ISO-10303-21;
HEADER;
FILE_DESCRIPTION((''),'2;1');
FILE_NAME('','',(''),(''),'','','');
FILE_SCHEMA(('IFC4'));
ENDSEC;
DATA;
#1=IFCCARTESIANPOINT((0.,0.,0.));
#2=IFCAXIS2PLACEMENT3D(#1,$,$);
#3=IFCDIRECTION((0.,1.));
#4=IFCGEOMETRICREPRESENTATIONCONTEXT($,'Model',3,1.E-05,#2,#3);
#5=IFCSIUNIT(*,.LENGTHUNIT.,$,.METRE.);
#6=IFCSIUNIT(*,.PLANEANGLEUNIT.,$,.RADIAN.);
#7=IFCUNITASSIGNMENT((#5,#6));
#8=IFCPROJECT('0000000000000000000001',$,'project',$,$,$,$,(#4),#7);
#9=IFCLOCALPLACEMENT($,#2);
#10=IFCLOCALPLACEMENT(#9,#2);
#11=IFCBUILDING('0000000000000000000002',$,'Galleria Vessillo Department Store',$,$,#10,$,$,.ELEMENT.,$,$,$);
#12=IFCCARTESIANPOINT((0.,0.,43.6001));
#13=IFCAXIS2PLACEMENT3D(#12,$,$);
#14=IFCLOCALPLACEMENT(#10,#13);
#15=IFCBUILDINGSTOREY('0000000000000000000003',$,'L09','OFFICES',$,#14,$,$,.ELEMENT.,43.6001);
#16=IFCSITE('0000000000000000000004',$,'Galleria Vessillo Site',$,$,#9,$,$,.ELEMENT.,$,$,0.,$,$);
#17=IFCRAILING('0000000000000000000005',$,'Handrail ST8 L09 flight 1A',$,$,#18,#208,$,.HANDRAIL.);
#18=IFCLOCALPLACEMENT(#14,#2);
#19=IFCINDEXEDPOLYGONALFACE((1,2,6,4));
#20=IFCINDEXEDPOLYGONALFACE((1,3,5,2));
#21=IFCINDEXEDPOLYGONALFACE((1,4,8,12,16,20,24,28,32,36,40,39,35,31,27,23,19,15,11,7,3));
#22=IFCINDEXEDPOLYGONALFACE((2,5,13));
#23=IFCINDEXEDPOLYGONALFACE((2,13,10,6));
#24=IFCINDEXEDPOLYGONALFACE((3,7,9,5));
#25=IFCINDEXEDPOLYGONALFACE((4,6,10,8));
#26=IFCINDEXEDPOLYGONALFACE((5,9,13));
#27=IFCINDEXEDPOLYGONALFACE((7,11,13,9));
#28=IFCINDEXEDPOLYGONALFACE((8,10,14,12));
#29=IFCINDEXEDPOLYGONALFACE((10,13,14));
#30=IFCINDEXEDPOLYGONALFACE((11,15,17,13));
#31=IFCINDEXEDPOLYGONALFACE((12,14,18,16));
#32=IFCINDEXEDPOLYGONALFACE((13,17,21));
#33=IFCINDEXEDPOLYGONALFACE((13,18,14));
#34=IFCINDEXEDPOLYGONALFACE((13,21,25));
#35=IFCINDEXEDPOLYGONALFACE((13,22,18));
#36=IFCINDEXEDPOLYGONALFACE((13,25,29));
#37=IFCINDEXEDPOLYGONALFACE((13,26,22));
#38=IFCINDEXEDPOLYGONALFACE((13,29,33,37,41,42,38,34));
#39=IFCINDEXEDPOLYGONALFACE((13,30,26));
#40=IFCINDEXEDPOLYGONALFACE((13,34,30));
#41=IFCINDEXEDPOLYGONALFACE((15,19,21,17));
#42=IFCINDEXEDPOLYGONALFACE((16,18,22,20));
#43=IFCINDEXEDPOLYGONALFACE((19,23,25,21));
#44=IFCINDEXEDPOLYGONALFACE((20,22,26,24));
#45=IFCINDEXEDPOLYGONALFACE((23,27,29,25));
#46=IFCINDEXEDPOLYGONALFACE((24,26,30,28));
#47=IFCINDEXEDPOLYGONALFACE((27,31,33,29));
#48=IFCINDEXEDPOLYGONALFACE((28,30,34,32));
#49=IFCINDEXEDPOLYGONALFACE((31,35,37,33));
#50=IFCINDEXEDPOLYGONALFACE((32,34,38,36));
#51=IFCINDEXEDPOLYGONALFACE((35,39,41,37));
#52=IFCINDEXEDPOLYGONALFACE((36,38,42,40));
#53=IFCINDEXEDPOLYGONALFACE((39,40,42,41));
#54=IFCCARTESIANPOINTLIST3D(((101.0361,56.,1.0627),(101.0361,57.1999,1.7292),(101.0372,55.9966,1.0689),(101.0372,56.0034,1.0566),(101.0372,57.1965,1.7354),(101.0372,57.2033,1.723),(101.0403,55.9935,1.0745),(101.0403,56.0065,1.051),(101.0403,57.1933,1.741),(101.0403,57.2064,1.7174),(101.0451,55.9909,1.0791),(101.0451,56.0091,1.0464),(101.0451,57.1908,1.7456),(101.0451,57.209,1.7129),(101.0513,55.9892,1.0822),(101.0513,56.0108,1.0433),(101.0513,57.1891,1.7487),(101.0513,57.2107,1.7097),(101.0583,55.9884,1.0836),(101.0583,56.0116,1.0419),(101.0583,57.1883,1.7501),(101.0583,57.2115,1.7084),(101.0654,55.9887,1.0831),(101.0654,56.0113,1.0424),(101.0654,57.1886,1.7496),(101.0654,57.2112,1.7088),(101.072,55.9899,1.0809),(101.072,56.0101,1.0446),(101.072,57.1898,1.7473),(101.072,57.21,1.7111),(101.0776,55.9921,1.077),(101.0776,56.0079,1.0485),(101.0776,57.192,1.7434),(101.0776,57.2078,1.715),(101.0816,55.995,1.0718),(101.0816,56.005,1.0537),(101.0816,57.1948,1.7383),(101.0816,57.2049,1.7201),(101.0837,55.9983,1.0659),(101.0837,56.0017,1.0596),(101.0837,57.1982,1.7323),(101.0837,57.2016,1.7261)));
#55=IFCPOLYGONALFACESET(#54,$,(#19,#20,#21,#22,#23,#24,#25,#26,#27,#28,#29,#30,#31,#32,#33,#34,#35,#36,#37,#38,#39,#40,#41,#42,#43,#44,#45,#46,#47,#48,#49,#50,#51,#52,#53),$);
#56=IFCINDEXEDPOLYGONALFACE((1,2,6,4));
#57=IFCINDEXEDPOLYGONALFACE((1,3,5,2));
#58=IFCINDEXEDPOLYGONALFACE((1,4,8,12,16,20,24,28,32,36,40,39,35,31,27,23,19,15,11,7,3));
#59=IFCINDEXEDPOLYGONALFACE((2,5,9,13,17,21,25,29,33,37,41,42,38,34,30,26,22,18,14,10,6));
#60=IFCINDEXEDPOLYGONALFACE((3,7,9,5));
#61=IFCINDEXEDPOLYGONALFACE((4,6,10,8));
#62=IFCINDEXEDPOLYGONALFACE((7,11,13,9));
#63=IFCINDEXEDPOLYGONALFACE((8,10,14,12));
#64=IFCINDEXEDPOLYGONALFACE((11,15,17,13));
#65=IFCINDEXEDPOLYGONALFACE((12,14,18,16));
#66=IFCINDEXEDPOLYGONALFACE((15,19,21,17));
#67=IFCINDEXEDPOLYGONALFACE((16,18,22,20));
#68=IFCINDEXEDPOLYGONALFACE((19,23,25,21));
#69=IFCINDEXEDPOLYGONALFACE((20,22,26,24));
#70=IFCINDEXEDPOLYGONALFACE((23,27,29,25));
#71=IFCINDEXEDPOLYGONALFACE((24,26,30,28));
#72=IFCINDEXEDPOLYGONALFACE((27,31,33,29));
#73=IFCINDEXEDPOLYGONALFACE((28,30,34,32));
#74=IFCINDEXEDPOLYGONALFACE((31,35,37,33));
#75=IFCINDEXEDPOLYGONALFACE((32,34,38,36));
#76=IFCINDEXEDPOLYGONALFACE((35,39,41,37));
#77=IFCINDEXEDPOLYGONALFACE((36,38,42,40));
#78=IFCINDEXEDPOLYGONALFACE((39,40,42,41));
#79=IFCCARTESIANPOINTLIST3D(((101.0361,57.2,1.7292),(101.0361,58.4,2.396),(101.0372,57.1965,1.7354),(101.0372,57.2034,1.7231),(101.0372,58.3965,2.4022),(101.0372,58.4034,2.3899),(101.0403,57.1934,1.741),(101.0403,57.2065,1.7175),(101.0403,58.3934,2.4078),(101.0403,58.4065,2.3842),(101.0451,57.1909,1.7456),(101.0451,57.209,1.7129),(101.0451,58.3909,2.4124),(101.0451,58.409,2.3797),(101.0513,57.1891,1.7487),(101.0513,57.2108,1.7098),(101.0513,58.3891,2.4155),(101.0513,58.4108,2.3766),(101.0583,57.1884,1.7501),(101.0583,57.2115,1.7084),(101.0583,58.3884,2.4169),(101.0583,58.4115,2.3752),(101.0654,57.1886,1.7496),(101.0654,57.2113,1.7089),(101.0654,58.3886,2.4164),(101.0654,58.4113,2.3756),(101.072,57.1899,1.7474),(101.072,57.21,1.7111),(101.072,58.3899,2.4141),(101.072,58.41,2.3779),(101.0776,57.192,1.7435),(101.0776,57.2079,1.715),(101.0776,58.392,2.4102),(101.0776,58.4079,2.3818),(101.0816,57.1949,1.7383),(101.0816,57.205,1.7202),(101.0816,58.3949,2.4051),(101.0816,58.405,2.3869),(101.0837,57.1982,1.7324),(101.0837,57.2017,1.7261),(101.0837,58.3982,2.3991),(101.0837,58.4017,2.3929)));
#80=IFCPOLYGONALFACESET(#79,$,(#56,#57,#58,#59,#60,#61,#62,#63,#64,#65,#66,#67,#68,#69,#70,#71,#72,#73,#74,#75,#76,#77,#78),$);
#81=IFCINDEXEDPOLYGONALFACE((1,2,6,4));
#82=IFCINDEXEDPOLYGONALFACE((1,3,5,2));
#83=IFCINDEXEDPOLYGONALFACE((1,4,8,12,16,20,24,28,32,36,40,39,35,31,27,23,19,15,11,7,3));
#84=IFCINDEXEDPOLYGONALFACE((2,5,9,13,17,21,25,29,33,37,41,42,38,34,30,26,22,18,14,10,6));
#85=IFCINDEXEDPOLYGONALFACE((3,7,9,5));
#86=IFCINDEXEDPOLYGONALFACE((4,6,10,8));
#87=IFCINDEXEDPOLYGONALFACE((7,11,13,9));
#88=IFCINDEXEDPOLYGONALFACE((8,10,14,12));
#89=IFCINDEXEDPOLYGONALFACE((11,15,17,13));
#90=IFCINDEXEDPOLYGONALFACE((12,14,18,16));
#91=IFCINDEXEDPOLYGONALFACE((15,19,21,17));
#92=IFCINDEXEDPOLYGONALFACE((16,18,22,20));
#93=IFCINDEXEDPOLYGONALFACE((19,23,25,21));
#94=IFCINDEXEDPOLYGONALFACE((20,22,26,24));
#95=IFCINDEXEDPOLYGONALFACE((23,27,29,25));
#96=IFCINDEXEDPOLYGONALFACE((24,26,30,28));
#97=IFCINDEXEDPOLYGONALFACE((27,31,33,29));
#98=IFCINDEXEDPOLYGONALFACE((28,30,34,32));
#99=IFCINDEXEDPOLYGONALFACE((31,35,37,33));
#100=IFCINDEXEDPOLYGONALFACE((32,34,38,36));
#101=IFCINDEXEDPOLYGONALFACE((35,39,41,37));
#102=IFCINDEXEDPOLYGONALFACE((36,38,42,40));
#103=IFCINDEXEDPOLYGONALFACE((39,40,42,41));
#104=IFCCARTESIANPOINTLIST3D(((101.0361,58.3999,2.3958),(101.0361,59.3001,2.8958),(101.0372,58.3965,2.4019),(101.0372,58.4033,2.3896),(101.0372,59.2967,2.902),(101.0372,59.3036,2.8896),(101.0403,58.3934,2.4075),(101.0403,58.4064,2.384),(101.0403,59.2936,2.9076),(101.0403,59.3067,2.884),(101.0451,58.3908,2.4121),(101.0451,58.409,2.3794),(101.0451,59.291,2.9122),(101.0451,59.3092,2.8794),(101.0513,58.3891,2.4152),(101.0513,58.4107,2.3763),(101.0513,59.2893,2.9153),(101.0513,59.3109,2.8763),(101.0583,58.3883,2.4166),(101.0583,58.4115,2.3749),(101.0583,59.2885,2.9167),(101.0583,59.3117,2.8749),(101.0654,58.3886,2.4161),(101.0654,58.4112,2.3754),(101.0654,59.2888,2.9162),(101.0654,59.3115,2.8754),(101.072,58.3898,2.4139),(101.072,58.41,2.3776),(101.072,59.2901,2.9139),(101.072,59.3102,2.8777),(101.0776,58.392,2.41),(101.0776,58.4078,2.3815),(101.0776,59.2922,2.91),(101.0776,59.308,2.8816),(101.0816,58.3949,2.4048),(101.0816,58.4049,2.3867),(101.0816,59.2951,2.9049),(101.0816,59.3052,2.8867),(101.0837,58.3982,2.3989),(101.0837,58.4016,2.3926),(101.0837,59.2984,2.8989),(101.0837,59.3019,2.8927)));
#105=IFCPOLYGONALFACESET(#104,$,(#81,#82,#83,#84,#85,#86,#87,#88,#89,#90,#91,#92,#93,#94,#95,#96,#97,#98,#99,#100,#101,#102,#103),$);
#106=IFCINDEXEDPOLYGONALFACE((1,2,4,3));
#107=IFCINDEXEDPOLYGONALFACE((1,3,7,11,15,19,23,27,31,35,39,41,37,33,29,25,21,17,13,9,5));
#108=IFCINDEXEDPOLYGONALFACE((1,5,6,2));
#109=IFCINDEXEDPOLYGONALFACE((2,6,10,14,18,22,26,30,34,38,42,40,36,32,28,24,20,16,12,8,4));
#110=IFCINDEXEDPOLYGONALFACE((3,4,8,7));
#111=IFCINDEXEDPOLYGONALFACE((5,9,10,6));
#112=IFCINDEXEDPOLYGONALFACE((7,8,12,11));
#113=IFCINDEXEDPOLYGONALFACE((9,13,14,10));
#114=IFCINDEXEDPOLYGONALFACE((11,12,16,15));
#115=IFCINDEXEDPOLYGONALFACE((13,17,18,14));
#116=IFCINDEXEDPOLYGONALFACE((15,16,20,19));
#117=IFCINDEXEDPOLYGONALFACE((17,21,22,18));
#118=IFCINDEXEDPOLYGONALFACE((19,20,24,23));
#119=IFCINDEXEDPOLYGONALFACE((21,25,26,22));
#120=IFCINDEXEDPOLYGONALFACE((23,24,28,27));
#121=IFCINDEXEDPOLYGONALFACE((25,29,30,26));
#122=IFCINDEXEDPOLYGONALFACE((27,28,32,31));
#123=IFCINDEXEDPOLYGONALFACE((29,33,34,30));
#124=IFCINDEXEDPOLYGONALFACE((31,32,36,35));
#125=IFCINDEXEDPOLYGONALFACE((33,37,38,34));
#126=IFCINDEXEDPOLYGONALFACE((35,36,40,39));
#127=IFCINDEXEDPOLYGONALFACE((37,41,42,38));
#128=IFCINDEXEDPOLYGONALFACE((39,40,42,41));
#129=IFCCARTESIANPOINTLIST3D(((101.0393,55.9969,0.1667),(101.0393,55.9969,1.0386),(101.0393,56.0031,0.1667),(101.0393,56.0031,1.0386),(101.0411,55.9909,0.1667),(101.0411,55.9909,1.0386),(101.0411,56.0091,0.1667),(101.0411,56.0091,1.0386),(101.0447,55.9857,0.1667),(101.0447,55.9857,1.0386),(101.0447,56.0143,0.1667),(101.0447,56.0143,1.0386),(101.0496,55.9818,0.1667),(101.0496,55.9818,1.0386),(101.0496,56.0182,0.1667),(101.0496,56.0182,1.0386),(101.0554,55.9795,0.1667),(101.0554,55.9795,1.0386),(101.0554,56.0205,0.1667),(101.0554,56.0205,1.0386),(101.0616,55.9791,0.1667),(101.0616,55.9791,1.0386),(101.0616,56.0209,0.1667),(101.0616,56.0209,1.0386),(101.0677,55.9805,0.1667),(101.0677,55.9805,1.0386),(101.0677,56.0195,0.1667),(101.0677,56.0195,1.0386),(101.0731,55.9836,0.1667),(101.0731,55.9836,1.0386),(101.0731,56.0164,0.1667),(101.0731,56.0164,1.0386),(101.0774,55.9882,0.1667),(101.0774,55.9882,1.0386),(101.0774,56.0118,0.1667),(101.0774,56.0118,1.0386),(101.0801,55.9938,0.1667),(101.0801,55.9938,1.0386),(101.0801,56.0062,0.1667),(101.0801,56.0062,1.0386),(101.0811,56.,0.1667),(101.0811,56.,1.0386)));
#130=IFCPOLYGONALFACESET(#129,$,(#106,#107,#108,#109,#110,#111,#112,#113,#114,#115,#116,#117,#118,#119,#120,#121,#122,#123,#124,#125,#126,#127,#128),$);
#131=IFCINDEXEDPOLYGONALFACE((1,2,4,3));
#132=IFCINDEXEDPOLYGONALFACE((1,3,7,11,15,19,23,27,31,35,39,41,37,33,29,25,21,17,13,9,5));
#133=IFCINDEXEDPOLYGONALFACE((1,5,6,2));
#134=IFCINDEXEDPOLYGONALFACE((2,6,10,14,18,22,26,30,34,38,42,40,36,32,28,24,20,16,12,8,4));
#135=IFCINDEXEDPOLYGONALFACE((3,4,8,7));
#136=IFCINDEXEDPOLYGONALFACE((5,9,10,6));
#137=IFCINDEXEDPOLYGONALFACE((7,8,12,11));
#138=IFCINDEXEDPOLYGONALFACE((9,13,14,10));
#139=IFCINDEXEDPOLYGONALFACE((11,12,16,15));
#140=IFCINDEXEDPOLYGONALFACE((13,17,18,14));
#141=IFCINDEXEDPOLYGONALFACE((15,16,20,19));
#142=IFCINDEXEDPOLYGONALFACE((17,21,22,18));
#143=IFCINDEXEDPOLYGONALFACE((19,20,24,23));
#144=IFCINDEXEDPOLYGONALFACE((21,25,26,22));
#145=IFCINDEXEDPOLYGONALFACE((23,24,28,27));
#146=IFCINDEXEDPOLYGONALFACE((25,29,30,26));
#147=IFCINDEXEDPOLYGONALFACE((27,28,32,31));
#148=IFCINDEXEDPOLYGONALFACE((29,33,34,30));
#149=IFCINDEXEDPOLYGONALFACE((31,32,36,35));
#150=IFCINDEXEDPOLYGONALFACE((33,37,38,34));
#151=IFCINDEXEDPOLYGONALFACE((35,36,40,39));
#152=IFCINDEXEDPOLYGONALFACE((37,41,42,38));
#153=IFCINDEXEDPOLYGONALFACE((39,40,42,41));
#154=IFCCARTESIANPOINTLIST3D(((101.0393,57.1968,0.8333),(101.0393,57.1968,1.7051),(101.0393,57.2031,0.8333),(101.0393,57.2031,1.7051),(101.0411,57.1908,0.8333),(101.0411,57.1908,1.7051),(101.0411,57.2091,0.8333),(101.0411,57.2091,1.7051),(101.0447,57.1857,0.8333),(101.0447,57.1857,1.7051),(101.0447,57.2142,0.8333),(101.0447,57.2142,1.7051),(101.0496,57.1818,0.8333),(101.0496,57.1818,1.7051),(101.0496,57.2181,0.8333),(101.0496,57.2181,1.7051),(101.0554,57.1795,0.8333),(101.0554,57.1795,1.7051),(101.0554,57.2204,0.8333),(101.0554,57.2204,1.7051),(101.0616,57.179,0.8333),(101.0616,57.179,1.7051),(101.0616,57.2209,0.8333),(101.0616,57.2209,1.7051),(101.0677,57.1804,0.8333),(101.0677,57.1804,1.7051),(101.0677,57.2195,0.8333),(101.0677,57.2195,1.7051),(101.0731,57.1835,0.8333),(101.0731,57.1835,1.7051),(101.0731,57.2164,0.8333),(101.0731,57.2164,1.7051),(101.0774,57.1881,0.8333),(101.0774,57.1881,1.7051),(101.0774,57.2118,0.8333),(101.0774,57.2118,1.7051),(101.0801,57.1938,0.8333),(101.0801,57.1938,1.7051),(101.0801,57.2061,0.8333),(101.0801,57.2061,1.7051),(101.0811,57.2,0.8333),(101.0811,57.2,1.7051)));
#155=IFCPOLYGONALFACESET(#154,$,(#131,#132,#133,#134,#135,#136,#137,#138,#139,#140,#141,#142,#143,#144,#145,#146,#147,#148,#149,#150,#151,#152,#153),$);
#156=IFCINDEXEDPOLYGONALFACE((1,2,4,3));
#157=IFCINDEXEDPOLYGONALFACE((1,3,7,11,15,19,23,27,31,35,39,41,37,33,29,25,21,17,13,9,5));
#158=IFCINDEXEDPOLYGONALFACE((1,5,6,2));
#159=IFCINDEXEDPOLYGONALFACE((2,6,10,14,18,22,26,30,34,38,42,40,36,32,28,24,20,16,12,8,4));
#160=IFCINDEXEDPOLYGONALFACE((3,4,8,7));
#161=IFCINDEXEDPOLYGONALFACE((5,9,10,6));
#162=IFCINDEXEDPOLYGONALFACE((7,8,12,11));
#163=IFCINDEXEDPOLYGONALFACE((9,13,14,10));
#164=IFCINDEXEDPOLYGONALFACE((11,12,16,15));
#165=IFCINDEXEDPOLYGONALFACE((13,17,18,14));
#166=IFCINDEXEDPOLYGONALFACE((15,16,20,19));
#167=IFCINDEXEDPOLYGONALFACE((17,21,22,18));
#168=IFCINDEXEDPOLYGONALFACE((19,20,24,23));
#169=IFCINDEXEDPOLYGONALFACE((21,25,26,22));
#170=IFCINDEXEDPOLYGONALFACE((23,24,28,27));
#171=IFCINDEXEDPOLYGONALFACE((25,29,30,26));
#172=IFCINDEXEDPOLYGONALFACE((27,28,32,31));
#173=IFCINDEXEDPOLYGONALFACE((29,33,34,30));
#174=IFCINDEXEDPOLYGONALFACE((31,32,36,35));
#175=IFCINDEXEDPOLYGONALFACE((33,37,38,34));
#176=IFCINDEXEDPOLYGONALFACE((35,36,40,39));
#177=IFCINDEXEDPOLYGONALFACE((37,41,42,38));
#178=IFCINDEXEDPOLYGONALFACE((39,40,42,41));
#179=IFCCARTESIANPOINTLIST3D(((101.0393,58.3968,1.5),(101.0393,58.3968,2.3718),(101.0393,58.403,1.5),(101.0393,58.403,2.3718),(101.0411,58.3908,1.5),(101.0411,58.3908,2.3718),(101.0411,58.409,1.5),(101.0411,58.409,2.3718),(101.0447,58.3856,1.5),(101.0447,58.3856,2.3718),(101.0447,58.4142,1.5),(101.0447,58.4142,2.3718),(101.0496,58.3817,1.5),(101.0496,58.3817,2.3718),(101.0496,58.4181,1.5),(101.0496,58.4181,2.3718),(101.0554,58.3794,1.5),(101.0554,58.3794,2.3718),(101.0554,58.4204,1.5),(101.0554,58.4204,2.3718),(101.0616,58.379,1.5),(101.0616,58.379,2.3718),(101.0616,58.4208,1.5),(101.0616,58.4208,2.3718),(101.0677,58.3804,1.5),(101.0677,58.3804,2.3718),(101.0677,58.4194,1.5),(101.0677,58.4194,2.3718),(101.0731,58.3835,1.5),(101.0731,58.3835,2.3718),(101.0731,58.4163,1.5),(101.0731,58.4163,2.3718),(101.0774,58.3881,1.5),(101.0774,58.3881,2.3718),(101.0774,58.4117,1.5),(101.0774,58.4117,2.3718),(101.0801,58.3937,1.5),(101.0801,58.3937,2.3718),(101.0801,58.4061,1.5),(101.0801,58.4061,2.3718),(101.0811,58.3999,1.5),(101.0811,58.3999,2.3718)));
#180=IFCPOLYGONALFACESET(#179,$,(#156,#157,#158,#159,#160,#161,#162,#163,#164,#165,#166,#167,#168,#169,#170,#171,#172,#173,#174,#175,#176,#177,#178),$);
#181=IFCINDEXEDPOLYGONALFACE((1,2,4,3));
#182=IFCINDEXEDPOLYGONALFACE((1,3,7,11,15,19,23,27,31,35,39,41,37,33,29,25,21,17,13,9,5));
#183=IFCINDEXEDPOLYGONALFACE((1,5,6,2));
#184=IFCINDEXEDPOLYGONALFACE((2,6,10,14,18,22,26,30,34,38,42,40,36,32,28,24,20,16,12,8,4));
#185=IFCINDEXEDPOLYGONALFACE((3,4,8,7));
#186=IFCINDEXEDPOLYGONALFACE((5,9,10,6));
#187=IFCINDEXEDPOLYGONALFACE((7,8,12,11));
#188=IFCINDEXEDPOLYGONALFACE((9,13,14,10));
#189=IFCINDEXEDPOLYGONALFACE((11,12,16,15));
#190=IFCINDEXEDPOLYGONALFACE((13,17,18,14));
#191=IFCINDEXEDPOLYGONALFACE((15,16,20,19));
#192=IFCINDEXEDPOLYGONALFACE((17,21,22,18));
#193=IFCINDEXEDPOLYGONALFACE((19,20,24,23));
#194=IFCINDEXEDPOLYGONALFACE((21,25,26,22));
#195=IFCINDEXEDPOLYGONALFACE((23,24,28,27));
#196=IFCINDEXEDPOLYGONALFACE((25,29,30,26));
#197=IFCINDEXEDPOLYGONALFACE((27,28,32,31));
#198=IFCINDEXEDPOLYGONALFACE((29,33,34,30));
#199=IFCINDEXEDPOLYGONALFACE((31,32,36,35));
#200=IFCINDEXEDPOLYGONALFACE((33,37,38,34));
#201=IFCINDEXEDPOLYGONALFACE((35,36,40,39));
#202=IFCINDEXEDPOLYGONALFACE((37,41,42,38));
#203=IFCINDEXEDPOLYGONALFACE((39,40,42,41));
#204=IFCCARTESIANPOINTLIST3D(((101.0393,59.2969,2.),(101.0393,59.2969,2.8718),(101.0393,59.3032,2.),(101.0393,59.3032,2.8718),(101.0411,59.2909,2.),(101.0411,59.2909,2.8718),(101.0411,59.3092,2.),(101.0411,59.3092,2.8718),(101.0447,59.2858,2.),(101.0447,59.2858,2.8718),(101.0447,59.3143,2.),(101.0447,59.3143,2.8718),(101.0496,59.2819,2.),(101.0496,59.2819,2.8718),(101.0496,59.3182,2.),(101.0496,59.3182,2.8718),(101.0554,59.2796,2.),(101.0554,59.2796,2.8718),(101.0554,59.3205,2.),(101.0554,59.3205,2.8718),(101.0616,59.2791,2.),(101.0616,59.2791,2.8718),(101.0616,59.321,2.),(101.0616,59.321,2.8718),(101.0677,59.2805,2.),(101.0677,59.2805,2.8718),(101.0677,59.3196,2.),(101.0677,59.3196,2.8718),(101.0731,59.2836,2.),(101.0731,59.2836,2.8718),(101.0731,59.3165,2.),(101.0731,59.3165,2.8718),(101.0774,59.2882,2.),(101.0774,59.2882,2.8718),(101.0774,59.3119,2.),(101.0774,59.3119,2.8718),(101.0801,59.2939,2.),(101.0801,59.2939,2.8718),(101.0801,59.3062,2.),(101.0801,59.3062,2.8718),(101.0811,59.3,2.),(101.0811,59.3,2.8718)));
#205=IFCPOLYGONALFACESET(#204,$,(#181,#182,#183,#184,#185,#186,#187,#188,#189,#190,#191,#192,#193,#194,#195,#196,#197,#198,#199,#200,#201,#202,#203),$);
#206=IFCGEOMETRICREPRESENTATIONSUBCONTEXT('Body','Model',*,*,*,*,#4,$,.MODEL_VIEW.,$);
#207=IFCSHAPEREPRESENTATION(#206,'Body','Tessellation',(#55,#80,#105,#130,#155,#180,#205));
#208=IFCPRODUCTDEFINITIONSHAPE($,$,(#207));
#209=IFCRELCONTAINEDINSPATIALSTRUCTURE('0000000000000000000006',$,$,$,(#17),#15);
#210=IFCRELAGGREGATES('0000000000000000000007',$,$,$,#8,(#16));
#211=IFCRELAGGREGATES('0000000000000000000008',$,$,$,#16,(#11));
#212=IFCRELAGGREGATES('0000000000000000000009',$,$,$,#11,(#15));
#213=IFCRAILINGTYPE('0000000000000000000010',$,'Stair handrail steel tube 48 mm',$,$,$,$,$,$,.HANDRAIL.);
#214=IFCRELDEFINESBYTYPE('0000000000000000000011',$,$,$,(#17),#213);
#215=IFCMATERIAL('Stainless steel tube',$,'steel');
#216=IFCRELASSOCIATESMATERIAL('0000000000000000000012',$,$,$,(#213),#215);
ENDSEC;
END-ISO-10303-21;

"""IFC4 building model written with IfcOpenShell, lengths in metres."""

from ifc_helpers import new_model, si_unit, direction, frame, origin, origin_2d, place, context, subcontext, project, spatial, circle, extrude, material, type_object, element, save


model = new_model("IFC4")

# Units and contexts
model_context = context("Model", 3, precision=1e-05, world=origin(), true_north=direction((0.0, 1.0)))
body_context = subcontext(model_context, "Body", "Model", "MODEL_VIEW")
ifc_project = project(units=[si_unit("LENGTHUNIT", "METRE"), si_unit("PLANEANGLEUNIT", "RADIAN")], contexts=[model_context])

# Site, building, storey
site_placement = place(None, origin())
site = spatial("IfcSite", under=ifc_project, at=site_placement, Name="Galleria Vessillo Site", CompositionType="ELEMENT", RefElevation=0.0)
building_placement = place(site_placement, origin())
building = spatial("IfcBuilding", under=site, at=building_placement, Name="Galleria Vessillo Department Store", CompositionType="ELEMENT")
storey_placement = place(building_placement, frame((0.0, 0.0, 43.6001)))
storey = spatial("IfcBuildingStorey", under=building, at=storey_placement, Name="L09", Description="OFFICES", CompositionType="ELEMENT", Elevation=43.6001)

# Railing
ifc_material_1 = material(Name="Stainless steel tube", Category="steel")
railing_type = type_object("IfcRailingType", Name="Stair handrail steel tube 48 mm", PredefinedType="HANDRAIL", material=ifc_material_1)
for number, where, name in (
    (1, (101.0601, 56.0, 0.1667), "Handrail ST8 L09 flight 1A"),
):
    element("IfcRailing", number, at=place(storey_placement, frame(where)), inside=storey, type_object=railing_type, Name=name, PredefinedType="HANDRAIL", context=body_context, shape_type="SweptSolid", body=[
        extrude(circle(Radius=0.0239, at=origin_2d()), frame((0.0, 0.0, 0.896), z_axis=(0.0, 0.874199, 0.485567), x_axis=(-1.0, 0.0, 0.0)), (0.0, 0.0, 1.0), 1.3726),
        extrude(circle(Radius=0.0239, at=origin_2d()), frame((0.0, 1.2, 1.5625), z_axis=(0.0, 0.874124, 0.485703), x_axis=(-1.0, 0.0, 0.0)), (0.0, 0.0, 1.0), 1.3728),
        extrude(circle(Radius=0.0239, at=origin_2d()), frame((0.0, 2.3999, 2.229), z_axis=(0.0, 0.874191, 0.485583), x_axis=(-1.0, 0.0, 0.0)), (0.0, 0.0, 1.0), 1.0298),
        extrude(circle(Radius=0.021, at=origin_2d()), origin(), (0.0, 0.0, 1.0), 0.8718),
        extrude(circle(Radius=0.021, at=origin_2d()), frame((0.0, 1.2, 0.6665)), (0.0, 0.0, 1.0), 0.8718),
        extrude(circle(Radius=0.021, at=origin_2d()), frame((0.0, 2.3999, 1.3333)), (0.0, 0.0, 1.0), 0.8718),
        extrude(circle(Radius=0.021, at=origin_2d()), frame((0.0, 3.3, 1.8333)), (0.0, 0.0, 1.0), 0.8718),
    ])

save(model, "model.ifc")
